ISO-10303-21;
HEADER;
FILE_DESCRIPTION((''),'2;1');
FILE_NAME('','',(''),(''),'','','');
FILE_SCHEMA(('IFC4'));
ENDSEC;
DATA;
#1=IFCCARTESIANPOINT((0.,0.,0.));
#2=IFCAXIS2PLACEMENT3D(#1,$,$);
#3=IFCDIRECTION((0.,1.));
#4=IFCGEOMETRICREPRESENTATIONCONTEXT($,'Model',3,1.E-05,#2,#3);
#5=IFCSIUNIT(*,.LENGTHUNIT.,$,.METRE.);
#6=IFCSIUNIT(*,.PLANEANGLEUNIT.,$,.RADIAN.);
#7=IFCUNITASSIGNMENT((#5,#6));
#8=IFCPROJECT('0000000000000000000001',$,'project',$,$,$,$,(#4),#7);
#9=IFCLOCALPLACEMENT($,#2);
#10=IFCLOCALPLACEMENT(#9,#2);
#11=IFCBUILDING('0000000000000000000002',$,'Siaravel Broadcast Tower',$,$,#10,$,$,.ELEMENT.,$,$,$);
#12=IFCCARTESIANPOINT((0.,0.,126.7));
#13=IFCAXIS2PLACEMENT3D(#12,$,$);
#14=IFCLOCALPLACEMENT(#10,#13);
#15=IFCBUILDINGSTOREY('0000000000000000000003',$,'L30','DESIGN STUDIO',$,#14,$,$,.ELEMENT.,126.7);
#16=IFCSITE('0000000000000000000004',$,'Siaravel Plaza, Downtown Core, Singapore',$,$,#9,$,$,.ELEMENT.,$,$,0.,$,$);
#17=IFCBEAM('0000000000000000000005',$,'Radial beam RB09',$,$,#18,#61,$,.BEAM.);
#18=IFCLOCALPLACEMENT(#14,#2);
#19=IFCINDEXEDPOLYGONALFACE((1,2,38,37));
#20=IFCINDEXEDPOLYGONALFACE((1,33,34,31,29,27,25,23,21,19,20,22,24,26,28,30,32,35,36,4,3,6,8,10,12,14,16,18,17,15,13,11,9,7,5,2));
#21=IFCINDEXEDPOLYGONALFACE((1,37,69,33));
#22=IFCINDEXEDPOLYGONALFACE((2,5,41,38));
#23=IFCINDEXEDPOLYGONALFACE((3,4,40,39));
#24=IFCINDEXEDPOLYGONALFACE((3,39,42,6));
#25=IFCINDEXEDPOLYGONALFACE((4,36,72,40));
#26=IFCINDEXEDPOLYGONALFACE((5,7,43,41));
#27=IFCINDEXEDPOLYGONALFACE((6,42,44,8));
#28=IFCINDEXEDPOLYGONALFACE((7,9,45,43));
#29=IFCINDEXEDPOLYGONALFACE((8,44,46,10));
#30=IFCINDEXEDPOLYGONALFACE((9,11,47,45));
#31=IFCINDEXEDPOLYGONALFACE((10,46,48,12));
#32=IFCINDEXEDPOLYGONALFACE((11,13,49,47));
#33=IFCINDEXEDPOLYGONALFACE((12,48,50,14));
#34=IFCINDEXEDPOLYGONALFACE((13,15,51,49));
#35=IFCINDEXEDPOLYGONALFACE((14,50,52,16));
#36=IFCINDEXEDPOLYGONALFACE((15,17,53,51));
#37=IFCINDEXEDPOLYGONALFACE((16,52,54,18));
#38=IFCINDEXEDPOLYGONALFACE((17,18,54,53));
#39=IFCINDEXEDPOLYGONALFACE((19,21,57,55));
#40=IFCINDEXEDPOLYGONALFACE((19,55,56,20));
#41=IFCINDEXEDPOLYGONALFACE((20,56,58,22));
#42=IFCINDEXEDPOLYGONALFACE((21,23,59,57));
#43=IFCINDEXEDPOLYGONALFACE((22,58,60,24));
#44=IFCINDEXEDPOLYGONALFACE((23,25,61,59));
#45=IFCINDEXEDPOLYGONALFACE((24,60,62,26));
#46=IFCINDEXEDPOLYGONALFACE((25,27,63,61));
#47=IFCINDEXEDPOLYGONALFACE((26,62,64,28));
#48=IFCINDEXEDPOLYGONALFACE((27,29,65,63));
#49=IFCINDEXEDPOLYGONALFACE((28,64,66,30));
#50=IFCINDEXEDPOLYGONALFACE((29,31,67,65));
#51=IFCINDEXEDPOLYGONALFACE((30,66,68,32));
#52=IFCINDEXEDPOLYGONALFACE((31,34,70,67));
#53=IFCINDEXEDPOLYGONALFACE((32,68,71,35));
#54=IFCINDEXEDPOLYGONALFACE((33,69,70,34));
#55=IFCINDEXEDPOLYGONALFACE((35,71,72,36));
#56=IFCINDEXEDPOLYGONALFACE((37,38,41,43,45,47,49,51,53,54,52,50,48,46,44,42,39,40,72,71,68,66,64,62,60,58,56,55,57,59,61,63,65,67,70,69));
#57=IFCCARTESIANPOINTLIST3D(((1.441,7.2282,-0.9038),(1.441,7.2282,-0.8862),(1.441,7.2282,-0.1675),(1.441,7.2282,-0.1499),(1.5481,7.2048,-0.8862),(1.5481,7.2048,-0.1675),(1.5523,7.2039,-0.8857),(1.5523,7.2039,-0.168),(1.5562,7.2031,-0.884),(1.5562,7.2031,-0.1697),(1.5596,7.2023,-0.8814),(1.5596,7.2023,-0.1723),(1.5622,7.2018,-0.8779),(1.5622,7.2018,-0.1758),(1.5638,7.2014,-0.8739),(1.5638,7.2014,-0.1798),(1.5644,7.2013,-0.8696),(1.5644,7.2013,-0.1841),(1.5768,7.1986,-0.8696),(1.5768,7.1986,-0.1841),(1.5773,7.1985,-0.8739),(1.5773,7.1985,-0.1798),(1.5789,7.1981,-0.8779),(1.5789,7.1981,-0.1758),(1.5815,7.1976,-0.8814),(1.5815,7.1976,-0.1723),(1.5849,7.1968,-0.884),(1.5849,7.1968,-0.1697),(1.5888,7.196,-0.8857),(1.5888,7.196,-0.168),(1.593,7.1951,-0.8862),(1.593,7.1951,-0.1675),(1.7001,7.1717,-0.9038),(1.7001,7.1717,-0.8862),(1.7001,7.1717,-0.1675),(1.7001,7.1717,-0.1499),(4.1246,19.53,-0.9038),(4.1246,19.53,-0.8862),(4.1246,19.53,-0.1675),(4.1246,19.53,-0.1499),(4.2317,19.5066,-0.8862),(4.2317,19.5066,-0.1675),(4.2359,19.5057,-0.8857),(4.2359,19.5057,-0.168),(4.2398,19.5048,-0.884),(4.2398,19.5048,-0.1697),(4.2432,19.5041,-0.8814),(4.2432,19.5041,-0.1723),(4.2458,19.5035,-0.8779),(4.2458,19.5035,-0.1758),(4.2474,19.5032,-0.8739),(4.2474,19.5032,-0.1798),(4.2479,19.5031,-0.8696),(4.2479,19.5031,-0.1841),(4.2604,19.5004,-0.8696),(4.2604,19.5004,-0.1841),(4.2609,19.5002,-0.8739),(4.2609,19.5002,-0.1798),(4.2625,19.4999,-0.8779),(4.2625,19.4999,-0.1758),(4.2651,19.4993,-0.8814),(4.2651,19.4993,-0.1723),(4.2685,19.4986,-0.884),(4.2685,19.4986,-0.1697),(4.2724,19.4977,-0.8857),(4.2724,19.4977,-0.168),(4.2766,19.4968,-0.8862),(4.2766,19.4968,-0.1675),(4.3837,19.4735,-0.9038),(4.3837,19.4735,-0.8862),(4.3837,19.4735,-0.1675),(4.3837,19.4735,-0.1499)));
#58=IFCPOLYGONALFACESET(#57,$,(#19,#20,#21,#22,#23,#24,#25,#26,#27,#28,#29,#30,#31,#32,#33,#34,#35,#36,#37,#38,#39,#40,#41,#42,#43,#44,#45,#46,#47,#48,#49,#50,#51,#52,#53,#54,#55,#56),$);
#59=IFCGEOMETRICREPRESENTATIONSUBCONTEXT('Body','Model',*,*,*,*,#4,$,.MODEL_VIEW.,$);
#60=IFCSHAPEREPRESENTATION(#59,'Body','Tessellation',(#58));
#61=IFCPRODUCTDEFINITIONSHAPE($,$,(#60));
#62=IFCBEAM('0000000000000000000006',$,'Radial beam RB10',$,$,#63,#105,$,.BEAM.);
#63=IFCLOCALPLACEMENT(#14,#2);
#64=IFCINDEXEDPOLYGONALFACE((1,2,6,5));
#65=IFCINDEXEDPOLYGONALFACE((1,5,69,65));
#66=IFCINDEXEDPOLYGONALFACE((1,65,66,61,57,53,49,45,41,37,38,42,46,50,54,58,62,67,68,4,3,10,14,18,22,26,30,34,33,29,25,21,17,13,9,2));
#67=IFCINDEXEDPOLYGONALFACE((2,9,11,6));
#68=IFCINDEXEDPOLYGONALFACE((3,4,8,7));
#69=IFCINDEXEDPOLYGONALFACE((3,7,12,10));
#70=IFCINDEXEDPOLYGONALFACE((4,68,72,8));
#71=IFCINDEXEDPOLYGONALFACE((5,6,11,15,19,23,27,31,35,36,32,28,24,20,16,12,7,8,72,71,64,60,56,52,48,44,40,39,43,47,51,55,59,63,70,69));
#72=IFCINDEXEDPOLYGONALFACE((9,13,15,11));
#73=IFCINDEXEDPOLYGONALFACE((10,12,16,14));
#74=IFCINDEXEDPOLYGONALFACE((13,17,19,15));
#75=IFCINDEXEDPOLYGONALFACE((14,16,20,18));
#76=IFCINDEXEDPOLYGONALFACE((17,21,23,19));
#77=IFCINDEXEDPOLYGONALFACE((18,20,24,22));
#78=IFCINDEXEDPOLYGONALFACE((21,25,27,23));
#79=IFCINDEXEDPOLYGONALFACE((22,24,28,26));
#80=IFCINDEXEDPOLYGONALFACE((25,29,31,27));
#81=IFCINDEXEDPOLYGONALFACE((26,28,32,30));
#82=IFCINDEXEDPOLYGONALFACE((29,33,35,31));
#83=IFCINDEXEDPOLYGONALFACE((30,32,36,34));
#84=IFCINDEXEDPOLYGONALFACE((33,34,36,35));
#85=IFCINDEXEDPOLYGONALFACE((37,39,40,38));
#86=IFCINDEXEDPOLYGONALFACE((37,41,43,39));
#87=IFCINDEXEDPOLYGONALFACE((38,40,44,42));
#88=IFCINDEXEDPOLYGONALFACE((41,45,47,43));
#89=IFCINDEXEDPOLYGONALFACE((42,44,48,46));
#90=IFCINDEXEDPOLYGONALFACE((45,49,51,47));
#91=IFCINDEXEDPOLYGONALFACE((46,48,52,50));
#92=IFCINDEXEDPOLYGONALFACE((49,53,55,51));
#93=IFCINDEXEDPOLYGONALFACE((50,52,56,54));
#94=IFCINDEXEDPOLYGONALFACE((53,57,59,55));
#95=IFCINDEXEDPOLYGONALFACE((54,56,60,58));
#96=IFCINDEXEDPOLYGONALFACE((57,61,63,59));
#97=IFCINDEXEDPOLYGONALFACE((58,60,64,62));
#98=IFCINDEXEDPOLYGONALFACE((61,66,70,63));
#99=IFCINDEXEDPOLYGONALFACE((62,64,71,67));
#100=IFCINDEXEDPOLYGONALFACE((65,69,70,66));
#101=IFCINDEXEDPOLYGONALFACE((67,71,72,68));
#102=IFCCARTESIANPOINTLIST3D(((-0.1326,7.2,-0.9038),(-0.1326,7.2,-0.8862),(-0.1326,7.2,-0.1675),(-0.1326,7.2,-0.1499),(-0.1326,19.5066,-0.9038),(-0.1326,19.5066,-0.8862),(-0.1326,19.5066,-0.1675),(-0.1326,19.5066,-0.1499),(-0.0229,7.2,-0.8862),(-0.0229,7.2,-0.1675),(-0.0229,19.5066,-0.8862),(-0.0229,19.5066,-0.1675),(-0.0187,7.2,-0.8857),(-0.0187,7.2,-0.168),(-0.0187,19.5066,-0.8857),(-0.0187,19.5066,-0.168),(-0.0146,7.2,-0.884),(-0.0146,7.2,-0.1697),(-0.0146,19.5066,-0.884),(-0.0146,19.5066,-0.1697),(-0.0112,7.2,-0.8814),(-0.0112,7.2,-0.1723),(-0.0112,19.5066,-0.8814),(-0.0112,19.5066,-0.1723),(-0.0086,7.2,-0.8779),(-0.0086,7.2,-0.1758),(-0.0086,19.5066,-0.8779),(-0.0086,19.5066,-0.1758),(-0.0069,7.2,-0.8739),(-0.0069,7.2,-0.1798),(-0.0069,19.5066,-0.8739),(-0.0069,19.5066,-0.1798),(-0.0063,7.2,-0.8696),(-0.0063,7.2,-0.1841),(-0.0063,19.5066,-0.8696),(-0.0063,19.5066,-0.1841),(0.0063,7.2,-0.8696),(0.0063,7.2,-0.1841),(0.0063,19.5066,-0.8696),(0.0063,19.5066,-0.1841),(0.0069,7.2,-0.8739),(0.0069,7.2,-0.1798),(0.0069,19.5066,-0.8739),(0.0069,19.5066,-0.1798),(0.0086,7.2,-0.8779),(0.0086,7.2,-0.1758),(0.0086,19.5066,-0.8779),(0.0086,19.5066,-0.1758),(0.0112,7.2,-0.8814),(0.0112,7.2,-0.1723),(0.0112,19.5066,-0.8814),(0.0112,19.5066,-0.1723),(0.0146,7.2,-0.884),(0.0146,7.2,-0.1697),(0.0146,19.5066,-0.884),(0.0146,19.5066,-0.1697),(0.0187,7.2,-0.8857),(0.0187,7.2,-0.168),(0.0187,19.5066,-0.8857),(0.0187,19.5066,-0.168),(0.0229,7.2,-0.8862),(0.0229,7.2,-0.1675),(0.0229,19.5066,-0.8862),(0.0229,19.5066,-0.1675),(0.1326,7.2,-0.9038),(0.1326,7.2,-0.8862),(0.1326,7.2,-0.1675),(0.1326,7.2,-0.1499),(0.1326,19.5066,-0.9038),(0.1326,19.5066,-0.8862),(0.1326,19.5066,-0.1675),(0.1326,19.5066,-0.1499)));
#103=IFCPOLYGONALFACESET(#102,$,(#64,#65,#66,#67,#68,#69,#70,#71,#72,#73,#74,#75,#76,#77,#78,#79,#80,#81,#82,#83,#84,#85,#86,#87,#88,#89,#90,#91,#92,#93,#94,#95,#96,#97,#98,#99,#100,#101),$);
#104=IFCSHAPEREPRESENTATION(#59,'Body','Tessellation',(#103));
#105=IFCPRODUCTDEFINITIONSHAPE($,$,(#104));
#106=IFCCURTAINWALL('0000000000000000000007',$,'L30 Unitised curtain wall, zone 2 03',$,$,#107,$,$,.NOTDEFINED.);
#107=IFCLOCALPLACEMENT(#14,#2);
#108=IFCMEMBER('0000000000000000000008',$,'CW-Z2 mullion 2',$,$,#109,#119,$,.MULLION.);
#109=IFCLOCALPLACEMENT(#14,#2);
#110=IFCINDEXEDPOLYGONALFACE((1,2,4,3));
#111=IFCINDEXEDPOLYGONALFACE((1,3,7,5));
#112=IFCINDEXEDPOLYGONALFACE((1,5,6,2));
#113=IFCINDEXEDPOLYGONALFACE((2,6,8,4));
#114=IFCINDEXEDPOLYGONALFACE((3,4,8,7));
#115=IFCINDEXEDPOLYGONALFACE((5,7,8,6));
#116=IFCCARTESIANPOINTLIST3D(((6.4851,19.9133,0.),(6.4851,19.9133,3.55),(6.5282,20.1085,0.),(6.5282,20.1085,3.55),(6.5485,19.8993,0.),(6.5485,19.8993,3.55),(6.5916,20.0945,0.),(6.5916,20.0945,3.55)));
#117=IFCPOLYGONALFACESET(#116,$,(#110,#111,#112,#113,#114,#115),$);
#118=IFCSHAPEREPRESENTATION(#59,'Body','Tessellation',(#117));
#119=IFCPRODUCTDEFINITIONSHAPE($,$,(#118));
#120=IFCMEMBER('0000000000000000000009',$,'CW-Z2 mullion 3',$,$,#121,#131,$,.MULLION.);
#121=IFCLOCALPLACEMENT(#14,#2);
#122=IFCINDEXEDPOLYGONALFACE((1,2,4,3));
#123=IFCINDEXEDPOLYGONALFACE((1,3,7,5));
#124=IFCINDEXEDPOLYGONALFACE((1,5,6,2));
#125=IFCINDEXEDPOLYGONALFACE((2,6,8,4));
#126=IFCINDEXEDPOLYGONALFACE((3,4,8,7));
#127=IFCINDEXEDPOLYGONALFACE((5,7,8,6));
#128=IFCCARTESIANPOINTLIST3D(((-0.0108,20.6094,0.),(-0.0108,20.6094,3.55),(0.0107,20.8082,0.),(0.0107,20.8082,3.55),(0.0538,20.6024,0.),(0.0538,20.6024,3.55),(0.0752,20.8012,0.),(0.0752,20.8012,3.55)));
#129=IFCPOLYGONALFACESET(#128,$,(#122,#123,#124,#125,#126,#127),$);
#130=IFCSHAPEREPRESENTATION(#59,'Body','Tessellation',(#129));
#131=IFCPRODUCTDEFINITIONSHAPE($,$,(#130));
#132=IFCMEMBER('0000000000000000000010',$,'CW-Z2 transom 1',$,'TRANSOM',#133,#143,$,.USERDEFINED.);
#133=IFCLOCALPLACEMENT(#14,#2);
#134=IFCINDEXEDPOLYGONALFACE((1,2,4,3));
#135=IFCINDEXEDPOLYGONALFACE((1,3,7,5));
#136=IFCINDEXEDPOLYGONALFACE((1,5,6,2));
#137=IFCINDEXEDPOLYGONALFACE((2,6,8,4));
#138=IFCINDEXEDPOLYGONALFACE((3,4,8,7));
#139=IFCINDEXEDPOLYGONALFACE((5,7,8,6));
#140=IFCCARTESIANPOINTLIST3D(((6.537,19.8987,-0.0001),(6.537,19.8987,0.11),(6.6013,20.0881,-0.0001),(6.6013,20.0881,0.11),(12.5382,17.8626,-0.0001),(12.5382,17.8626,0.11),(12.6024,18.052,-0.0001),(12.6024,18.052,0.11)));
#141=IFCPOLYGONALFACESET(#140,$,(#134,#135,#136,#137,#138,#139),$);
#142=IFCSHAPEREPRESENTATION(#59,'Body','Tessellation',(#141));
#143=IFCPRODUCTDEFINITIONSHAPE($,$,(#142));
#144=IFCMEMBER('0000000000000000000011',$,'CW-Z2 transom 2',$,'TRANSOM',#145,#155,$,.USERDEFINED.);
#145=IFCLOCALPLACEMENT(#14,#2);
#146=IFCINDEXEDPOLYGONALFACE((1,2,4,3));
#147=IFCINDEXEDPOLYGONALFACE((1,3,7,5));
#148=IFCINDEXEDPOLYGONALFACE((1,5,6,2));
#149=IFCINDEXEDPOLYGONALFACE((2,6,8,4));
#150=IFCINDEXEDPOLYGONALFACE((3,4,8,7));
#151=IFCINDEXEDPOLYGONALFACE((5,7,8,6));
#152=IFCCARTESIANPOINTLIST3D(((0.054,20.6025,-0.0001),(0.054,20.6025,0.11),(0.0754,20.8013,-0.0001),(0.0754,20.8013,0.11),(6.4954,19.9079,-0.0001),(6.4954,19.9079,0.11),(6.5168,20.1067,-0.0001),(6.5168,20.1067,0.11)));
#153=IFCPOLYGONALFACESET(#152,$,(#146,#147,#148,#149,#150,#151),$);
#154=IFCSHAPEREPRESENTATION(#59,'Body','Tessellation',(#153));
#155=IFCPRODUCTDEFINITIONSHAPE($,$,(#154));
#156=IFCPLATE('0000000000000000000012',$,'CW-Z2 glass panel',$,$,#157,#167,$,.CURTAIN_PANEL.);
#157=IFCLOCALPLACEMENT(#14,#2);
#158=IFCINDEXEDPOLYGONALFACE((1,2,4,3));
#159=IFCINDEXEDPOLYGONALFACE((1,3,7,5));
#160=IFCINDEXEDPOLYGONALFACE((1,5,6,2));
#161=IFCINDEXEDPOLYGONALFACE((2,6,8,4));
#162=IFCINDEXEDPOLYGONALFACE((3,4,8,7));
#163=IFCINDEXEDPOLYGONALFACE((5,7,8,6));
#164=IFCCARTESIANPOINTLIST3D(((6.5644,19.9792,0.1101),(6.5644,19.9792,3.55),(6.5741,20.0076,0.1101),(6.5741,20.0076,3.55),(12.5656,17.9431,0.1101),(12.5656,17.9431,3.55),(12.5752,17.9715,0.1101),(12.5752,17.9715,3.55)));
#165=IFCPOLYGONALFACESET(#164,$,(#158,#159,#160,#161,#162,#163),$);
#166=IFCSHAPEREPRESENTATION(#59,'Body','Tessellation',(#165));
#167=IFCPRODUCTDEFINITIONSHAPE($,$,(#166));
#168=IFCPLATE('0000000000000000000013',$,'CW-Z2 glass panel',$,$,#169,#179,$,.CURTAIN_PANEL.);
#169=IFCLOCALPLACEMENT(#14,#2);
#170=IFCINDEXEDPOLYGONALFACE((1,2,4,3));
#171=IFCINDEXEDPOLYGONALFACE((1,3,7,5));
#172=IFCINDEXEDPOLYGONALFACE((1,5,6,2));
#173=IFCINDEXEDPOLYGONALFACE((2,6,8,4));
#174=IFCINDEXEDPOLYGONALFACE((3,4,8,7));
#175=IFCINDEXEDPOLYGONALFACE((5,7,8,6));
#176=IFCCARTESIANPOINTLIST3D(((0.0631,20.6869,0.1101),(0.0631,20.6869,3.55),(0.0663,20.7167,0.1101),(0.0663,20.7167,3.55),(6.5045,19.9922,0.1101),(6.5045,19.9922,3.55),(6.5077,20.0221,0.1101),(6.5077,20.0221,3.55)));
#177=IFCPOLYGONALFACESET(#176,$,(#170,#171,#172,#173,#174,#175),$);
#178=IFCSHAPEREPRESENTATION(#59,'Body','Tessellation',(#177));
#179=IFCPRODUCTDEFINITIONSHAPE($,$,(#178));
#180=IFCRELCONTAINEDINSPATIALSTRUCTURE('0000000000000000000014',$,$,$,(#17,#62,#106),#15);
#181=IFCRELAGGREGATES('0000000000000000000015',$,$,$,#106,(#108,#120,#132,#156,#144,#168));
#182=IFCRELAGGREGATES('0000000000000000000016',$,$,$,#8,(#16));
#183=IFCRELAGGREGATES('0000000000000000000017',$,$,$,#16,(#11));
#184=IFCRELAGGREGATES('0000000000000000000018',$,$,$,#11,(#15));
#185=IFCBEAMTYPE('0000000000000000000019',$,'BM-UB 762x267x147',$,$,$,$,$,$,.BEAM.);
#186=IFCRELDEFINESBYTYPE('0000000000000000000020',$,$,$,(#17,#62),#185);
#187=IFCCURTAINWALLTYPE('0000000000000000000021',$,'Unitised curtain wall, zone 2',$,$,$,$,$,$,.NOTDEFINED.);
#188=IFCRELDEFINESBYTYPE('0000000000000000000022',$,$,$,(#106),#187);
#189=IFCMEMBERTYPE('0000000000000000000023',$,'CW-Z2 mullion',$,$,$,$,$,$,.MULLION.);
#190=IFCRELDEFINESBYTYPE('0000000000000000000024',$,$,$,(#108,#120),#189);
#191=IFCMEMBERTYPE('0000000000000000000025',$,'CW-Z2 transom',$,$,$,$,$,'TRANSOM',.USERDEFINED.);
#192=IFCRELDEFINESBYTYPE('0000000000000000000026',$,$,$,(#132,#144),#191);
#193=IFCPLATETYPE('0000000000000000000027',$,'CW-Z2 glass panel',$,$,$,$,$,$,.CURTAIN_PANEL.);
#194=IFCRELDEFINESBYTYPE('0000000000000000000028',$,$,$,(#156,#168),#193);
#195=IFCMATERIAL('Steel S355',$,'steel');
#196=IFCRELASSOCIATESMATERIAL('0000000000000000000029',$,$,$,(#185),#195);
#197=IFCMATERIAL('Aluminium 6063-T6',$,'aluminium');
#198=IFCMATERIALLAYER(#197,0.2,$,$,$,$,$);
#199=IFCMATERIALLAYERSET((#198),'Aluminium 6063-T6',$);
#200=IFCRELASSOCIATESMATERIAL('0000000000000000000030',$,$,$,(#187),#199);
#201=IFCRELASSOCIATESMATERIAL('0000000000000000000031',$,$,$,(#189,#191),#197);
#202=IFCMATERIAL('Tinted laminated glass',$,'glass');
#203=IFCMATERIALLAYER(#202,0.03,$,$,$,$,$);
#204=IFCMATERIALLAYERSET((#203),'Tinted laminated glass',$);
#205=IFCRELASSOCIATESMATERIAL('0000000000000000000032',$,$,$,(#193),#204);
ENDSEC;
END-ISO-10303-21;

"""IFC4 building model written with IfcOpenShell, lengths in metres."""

from ifc_helpers import new_model, si_unit, direction, frame, origin, origin_2d, place, context, subcontext, project, spatial, rectangle, i_section, extrude, material, layer, layer_set, material_profile, profile_set, type_object, element, aggregate, save


model = new_model("IFC4")

# Units and contexts
model_context = context("Model", 3, precision=1e-05, world=origin(), true_north=direction((0.0, 1.0)))
body_context = subcontext(model_context, "Body", "Model", "MODEL_VIEW")
ifc_project = project(units=[si_unit("LENGTHUNIT", "METRE"), si_unit("PLANEANGLEUNIT", "RADIAN")], contexts=[model_context])

# Site, building, storey
site_placement = place(None, origin())
site = spatial("IfcSite", under=ifc_project, at=site_placement, Name="Siaravel Plaza, Downtown Core, Singapore", CompositionType="ELEMENT", RefElevation=0.0)
building_placement = place(site_placement, origin())
building = spatial("IfcBuilding", under=site, at=building_placement, Name="Siaravel Broadcast Tower", CompositionType="ELEMENT")
storey_placement = place(building_placement, frame((0.0, 0.0, 126.7)))
storey = spatial("IfcBuildingStorey", under=building, at=storey_placement, Name="L30", Description="DESIGN STUDIO", CompositionType="ELEMENT", Elevation=126.7)

# Beams
ifc_material_1 = material(Name="Steel S355", Category="steel")
ifc_material_profile_1 = material_profile(ifc_material_1, i_section(OverallWidth=0.2651, OverallDepth=0.7539, WebThickness=0.0127, FlangeThickness=0.0176, FilletRadius=0.0166, at=origin_2d()))
ifc_profile_set_1 = profile_set([ifc_material_profile_1], Name="Steel S355")
beam_type = type_object("IfcBeamType", Name="BM-UB 762x267x147", PredefinedType="BEAM", material=ifc_profile_set_1)
beam_1_placement = place(storey_placement, frame((4.2542, 19.5017, -0.5269), z_axis=(-0.213135, -0.977023, 0.0), x_axis=(0.977023, -0.213135, 0.0)))
element("IfcBeam", 1, at=beam_1_placement, inside=storey, type_object=beam_type, Name="Radial beam RB09", PredefinedType="BEAM", context=body_context, shape_type="SweptSolid", body=[
    extrude(i_section(OverallWidth=0.2651, OverallDepth=0.7539, WebThickness=0.0127, FlangeThickness=0.0176, FilletRadius=0.0166, at=origin_2d()), origin(), (0.0, 0.0, 1.0), 12.5911),
])
beam_2_placement = place(storey_placement, frame((0.0, 19.5066, -0.5269), z_axis=(0.0, -1.0, 0.0), x_axis=(1.0, 0.0, 0.0)))
element("IfcBeam", 2, at=beam_2_placement, inside=storey, type_object=beam_type, Name="Radial beam RB10", PredefinedType="BEAM", context=body_context, shape_type="SweptSolid", body=[
    extrude(i_section(OverallWidth=0.2651, OverallDepth=0.7539, WebThickness=0.0127, FlangeThickness=0.0176, FilletRadius=0.0166, at=origin_2d()), origin(), (0.0, 0.0, 1.0), 12.3066),
])

# Curtain wall, members, plates
ifc_material_2 = material(Name="Aluminium 6063-T6", Category="aluminium")
ifc_layer_1 = layer(ifc_material_2, 0.2)
ifc_layer_set_1 = layer_set([ifc_layer_1], Name="Aluminium 6063-T6")
curtain_wall_type = type_object("IfcCurtainWallType", Name="Unitised curtain wall, zone 2", PredefinedType="NOTDEFINED", material=ifc_layer_set_1)
curtain_wall_placement = place(storey_placement, origin())
curtain_wall = element("IfcCurtainWall", 3, at=curtain_wall_placement, inside=storey, type_object=curtain_wall_type, Name="L30 Unitised curtain wall, zone 2 03", PredefinedType="NOTDEFINED")
ifc_material_profile_2 = material_profile(ifc_material_2, rectangle(XDim=0.2, YDim=0.0649, at=origin_2d()))
ifc_profile_set_2 = profile_set([ifc_material_profile_2], Name="Aluminium 6063-T6")
member_type_1 = type_object("IfcMemberType", Name="CW-Z2 mullion", PredefinedType="MULLION", material=ifc_profile_set_2)
member_1_placement = place(storey_placement, frame((6.5383, 20.0039, 0.0), z_axis=(0.0, 0.0, 1.0), x_axis=(-0.215558, -0.976491, 0.0)))
member_1 = element("IfcMember", 4, at=member_1_placement, type_object=member_type_1, Name="CW-Z2 mullion 2", PredefinedType="MULLION", context=body_context, shape_type="SweptSolid", body=[
    extrude(rectangle(XDim=0.2, YDim=0.0649, at=origin_2d()), origin(), (0.0, 0.0, 1.0), 3.55),
])
member_2_placement = place(storey_placement, frame((0.0322, 20.7053, 0.0), z_axis=(0.0, 0.0, 1.0), x_axis=(-0.107217, -0.994236, 0.0)))
member_2 = element("IfcMember", 5, at=member_2_placement, type_object=member_type_1, Name="CW-Z2 mullion 3", PredefinedType="MULLION", context=body_context, shape_type="SweptSolid", body=[
    extrude(rectangle(XDim=0.2, YDim=0.0649, at=origin_2d()), origin(), (0.0, 0.0, 1.0), 3.55),
])
ifc_material_profile_3 = material_profile(ifc_material_2, rectangle(XDim=0.2, YDim=0.1101, at=origin_2d()))
ifc_profile_set_3 = profile_set([ifc_material_profile_3], Name="Aluminium 6063-T6")
member_type_2 = type_object("IfcMemberType", Name="CW-Z2 transom", ElementType="TRANSOM", PredefinedType="USERDEFINED", material=ifc_profile_set_3)
member_3_placement = place(storey_placement, frame((12.5703, 17.9573, 0.0549), z_axis=(-0.946978, 0.321297, 0.0), x_axis=(-0.321297, -0.946978, 0.0)))
member_3 = element("IfcMember", 6, at=member_3_placement, type_object=member_type_2, Name="CW-Z2 transom 1", ObjectType="TRANSOM", PredefinedType="USERDEFINED", context=body_context, shape_type="SweptSolid", body=[
    extrude(rectangle(XDim=0.2, YDim=0.1101, at=origin_2d()), origin(), (0.0, 0.0, 1.0), 6.3372),
])
member_4_placement = place(storey_placement, frame((6.5061, 20.0073, 0.0549), z_axis=(-0.994237, 0.107209, 0.0), x_axis=(-0.107209, -0.994237, 0.0)))
member_4 = element("IfcMember", 7, at=member_4_placement, type_object=member_type_2, Name="CW-Z2 transom 2", ObjectType="TRANSOM", PredefinedType="USERDEFINED", context=body_context, shape_type="SweptSolid", body=[
    extrude(rectangle(XDim=0.2, YDim=0.1101, at=origin_2d()), origin(), (0.0, 0.0, 1.0), 6.4788),
])
ifc_material_3 = material(Name="Tinted laminated glass", Category="glass")
ifc_layer_2 = layer(ifc_material_3, 0.03)
ifc_layer_set_2 = layer_set([ifc_layer_2], Name="Tinted laminated glass")
plate_type = type_object("IfcPlateType", Name="CW-Z2 glass panel", PredefinedType="CURTAIN_PANEL", material=ifc_layer_set_2)
plate_1_placement = place(storey_placement, frame((9.5698, 18.9753, 0.1101), z_axis=(0.0, 0.0, 1.0), x_axis=(-0.946977, 0.321301, 0.0)))
plate_1 = element("IfcPlate", 8, at=plate_1_placement, type_object=plate_type, Name="CW-Z2 glass panel", PredefinedType="CURTAIN_PANEL", context=body_context, shape_type="SweptSolid", body=[
    extrude(rectangle(XDim=6.3372, YDim=0.03, at=origin_2d()), origin(), (0.0, 0.0, 1.0), 3.4399),
])
plate_2_placement = place(storey_placement, frame((3.2854, 20.3545, 0.1101), z_axis=(0.0, 0.0, 1.0), x_axis=(-0.994236, 0.107217, 0.0)))
plate_2 = element("IfcPlate", 9, at=plate_2_placement, type_object=plate_type, Name="CW-Z2 glass panel", PredefinedType="CURTAIN_PANEL", context=body_context, shape_type="SweptSolid", body=[
    extrude(rectangle(XDim=6.4788, YDim=0.03, at=origin_2d()), origin(), (0.0, 0.0, 1.0), 3.4399),
])
aggregate(curtain_wall, [member_1, member_2, member_3, plate_1, member_4, plate_2])

save(model, "model.ifc")
